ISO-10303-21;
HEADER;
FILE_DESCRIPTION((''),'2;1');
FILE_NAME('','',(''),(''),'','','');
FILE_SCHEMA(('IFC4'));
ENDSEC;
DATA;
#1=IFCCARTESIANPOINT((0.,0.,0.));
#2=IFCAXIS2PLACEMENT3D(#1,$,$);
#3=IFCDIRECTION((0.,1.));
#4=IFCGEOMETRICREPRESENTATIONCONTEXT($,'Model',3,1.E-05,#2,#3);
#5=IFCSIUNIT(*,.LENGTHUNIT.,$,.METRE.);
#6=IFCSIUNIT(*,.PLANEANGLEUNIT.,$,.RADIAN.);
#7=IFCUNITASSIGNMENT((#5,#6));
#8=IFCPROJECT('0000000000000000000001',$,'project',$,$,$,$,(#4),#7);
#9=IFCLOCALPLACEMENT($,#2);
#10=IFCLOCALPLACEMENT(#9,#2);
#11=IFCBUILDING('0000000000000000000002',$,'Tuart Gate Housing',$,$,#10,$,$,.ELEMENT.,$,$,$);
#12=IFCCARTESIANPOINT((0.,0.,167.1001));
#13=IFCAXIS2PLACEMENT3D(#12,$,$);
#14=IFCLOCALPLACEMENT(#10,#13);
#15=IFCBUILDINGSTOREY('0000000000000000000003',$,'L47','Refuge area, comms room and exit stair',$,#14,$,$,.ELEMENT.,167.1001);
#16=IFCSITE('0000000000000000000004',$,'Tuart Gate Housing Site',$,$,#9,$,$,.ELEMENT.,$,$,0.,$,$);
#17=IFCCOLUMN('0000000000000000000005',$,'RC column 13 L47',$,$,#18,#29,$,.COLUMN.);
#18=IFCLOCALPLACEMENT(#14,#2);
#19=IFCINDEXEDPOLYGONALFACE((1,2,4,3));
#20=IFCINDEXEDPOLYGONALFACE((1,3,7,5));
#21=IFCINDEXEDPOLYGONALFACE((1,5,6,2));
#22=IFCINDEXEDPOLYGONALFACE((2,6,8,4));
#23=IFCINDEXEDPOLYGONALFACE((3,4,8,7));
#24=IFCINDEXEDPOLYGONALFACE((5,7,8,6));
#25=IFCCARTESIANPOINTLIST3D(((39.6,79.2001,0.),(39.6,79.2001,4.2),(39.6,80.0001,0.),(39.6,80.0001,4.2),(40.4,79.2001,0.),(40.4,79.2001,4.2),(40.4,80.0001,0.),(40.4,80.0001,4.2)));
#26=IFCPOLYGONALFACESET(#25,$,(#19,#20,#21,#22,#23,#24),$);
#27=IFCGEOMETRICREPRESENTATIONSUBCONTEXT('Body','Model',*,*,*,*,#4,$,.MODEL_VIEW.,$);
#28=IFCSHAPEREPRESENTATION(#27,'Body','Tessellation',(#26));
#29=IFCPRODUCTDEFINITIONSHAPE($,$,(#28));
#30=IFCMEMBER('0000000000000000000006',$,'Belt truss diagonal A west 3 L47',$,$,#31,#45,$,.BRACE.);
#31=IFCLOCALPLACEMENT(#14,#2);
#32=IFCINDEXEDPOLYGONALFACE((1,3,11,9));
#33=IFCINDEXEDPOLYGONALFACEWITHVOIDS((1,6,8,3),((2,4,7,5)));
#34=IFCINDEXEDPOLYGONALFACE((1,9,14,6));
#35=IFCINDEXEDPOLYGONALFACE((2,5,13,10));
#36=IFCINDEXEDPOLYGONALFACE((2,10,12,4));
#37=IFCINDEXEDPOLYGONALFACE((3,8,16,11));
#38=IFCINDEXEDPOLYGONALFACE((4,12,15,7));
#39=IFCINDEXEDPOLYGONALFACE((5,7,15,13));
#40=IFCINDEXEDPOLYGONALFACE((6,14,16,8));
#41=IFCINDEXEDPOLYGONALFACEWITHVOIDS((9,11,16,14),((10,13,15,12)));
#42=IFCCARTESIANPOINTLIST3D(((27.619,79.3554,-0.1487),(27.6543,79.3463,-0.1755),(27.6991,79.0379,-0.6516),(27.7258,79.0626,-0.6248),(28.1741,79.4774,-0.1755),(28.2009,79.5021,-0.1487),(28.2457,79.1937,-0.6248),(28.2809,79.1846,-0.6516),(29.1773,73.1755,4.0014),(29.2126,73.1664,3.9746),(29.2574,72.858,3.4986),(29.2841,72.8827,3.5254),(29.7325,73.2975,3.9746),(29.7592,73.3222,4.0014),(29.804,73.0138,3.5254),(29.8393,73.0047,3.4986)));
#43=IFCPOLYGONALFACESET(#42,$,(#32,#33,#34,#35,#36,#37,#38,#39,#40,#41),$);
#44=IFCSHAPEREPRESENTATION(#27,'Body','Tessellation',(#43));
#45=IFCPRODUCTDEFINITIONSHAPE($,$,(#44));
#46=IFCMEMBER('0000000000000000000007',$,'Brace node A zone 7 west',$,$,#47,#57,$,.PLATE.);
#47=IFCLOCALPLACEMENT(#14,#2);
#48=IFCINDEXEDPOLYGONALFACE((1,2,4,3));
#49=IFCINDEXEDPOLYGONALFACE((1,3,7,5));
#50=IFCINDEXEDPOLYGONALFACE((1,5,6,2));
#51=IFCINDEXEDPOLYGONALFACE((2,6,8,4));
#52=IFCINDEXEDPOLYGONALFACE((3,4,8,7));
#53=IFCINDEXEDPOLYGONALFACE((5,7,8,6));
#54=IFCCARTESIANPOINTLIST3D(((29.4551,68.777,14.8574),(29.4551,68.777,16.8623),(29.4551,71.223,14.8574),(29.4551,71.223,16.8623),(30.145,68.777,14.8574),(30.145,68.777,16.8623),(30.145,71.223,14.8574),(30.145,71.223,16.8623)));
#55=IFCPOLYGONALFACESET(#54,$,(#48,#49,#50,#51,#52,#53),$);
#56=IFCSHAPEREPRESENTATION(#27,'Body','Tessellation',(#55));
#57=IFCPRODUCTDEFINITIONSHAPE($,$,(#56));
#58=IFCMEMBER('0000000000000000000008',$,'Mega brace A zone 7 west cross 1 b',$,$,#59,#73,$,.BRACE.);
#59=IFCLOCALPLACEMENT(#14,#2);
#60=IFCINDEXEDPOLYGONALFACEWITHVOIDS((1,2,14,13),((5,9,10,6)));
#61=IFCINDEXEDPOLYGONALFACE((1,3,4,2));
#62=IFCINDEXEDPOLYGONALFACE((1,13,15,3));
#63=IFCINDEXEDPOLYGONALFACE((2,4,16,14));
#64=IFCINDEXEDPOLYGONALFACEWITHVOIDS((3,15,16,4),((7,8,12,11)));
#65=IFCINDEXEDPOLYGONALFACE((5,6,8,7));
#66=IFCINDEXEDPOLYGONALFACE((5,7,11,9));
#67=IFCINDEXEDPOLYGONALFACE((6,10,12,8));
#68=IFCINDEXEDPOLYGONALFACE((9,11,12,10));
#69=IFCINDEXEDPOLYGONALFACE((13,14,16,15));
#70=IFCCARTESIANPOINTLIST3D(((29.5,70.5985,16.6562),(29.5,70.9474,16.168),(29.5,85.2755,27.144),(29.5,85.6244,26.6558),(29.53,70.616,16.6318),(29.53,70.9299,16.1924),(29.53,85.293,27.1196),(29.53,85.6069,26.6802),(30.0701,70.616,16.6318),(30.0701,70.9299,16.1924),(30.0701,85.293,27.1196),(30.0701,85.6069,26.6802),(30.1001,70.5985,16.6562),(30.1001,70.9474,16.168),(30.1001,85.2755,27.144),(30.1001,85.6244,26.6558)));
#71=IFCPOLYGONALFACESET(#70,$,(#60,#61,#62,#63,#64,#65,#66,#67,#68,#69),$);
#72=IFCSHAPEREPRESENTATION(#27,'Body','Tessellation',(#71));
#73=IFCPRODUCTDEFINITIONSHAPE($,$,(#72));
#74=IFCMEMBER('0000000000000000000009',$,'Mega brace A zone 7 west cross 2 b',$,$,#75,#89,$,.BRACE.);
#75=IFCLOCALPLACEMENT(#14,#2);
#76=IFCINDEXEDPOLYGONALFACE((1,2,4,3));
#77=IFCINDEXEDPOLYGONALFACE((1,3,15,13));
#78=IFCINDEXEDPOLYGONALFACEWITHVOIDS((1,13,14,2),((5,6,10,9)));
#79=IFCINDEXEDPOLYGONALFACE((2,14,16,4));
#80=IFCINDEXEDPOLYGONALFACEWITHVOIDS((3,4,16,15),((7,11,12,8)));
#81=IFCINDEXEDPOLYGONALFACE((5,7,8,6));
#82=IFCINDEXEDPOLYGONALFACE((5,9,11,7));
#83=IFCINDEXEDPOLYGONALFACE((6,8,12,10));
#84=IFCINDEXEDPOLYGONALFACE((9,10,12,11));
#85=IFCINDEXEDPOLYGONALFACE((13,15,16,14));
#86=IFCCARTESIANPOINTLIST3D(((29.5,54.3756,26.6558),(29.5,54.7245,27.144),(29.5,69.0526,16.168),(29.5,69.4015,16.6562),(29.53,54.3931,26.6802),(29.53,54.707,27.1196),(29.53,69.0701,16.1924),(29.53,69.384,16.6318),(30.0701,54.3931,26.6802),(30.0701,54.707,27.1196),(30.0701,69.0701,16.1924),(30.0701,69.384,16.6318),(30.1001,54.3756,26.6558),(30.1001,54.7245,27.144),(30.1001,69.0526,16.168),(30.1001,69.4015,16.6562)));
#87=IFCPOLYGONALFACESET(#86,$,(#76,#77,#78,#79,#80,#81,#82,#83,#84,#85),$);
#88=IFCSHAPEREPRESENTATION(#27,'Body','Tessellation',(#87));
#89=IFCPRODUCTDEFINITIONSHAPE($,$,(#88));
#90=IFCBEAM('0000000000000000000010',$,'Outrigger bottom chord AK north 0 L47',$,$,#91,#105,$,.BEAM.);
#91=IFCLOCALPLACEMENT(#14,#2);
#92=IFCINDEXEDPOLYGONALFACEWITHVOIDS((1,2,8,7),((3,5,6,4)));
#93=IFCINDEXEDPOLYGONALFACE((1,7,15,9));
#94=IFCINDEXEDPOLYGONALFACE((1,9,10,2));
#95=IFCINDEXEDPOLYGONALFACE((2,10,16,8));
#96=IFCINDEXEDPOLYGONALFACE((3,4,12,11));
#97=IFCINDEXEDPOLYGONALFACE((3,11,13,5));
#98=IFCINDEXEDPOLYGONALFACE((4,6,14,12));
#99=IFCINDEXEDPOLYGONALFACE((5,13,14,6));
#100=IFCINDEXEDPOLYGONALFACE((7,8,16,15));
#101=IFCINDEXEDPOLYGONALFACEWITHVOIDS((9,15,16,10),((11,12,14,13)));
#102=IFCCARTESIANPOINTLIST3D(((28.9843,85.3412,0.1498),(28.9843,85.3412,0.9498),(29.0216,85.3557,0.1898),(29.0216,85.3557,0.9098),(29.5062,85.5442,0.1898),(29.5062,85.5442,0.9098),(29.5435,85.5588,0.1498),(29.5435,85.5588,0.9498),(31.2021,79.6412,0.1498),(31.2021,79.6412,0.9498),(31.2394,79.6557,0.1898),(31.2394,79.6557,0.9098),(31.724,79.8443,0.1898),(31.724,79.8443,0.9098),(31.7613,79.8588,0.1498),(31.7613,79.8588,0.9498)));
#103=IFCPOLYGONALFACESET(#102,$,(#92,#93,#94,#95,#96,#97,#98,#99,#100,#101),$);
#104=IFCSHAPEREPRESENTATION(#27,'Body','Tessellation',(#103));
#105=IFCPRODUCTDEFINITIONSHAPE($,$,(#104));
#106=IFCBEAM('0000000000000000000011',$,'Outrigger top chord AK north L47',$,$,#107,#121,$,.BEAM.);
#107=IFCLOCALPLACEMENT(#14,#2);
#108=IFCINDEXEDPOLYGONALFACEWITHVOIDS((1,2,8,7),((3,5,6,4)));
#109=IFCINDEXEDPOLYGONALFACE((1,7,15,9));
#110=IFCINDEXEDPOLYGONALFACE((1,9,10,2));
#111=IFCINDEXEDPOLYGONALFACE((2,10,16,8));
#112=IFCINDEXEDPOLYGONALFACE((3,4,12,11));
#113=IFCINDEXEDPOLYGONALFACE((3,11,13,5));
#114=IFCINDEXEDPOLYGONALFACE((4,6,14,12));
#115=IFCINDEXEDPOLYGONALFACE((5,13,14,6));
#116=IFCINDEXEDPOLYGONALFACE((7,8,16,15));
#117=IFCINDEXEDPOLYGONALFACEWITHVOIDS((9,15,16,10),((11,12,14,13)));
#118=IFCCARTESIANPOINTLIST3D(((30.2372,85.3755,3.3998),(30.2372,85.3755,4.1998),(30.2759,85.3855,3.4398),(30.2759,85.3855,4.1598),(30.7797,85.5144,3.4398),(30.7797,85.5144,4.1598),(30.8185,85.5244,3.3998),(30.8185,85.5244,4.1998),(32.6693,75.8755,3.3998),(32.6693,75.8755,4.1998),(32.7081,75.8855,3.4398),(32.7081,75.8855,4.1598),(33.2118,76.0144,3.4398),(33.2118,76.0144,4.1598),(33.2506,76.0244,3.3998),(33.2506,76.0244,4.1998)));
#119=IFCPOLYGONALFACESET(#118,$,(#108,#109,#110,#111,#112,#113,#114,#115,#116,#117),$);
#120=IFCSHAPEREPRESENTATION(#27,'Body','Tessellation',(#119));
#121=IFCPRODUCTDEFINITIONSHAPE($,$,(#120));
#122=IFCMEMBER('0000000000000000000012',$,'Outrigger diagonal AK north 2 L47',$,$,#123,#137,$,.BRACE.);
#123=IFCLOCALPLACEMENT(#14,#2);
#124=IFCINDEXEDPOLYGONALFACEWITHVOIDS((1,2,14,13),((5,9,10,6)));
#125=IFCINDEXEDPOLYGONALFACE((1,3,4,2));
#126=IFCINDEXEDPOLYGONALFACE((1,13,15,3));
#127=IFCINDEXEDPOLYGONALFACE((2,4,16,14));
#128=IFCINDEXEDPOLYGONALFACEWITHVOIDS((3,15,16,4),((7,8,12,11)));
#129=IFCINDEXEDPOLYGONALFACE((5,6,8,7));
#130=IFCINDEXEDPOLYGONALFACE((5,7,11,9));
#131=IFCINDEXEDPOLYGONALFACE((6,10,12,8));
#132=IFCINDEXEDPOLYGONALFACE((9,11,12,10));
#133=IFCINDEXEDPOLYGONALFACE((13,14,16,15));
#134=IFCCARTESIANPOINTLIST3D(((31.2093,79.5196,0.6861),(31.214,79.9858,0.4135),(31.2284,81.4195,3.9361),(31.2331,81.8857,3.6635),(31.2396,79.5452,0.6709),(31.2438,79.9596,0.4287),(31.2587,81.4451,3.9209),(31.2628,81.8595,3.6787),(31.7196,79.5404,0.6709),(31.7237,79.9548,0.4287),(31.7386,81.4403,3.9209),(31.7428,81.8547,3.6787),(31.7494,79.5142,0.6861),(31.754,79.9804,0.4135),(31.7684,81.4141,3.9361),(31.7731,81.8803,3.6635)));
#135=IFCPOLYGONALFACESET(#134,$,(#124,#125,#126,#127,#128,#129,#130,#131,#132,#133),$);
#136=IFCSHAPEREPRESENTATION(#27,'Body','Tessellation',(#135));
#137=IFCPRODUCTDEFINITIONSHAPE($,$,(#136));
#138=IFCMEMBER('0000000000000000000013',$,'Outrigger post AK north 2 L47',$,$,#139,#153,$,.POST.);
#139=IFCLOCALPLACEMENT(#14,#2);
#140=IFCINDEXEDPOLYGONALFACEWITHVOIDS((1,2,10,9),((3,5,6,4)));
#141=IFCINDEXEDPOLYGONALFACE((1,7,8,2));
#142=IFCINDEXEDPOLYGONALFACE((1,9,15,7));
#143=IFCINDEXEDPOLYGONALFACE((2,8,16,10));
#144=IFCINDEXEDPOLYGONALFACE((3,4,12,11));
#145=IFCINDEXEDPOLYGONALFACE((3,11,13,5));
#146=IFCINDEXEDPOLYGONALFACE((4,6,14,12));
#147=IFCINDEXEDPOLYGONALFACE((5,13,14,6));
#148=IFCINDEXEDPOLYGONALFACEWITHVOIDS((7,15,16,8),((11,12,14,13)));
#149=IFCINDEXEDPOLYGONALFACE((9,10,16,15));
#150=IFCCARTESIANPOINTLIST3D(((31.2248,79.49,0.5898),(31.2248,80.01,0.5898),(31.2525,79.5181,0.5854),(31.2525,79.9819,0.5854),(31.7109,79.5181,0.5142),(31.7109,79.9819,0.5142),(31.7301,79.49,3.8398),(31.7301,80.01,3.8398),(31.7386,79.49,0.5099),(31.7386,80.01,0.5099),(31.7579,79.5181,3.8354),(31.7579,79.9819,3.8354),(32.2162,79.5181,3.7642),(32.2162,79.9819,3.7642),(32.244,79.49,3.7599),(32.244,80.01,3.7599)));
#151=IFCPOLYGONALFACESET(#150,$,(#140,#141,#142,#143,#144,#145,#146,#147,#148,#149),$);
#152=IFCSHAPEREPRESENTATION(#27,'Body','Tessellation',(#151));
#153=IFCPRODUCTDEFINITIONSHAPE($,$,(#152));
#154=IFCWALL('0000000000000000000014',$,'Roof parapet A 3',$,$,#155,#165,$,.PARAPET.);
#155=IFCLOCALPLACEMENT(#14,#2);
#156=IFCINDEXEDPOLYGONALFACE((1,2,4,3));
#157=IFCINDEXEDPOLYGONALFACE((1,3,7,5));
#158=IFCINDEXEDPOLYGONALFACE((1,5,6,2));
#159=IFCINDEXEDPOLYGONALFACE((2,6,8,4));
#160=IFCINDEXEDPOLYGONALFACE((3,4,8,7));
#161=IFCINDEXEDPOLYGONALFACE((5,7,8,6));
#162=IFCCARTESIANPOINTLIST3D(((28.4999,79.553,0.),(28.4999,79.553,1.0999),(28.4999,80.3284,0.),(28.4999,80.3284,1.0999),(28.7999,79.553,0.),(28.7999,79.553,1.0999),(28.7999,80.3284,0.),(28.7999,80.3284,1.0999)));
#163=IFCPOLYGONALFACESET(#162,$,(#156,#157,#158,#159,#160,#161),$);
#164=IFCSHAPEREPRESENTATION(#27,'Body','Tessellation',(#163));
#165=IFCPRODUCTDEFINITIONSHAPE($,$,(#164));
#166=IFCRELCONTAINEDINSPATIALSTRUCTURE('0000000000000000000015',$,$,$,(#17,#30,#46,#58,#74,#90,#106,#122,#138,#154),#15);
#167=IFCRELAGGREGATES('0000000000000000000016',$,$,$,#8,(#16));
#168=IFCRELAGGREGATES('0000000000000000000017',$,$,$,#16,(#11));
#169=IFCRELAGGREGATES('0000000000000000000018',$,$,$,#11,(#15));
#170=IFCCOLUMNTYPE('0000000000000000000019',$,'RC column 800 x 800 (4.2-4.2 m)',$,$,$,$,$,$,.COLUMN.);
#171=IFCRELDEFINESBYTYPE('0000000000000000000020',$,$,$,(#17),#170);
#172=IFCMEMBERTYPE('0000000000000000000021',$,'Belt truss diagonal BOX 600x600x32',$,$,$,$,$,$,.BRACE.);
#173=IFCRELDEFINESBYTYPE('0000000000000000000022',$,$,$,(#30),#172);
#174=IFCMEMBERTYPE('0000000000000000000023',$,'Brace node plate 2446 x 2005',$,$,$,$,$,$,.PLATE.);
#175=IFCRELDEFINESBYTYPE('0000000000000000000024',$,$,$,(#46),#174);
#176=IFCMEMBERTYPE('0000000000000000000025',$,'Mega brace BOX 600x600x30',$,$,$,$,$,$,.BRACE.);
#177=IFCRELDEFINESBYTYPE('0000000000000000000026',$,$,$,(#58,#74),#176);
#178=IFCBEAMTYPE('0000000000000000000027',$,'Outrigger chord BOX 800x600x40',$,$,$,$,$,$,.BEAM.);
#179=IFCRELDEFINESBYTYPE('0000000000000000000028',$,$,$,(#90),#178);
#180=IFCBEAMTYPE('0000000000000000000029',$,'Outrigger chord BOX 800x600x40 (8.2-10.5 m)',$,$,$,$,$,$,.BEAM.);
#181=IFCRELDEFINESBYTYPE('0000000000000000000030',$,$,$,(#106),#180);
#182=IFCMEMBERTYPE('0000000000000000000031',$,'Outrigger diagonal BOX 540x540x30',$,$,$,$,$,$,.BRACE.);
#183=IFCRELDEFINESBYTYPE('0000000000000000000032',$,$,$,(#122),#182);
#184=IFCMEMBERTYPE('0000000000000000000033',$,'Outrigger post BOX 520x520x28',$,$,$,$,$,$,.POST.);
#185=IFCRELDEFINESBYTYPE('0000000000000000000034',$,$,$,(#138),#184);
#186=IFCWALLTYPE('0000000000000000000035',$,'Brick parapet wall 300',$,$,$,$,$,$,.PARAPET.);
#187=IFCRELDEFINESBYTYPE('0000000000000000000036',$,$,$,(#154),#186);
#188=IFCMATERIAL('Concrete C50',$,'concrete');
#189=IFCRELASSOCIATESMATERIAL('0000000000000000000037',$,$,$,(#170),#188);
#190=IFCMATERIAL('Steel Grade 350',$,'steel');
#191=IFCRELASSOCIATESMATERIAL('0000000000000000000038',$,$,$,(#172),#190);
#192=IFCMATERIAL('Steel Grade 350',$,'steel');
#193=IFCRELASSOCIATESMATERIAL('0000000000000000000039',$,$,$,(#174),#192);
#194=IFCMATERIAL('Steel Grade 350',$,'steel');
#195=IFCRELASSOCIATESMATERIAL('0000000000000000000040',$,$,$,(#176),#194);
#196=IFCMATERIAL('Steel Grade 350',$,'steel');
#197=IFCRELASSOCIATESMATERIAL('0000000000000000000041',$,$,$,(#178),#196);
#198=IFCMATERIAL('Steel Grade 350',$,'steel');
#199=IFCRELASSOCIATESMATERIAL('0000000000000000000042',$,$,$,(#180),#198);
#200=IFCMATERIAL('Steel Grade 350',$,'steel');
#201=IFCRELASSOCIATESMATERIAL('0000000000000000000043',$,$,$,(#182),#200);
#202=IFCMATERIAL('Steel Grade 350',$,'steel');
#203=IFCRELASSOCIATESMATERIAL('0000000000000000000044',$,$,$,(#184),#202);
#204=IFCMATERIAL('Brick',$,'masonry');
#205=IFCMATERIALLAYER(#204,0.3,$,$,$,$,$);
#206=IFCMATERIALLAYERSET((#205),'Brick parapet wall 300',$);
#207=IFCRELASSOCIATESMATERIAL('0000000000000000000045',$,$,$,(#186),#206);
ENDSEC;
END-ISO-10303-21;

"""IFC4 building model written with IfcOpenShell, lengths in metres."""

from ifc_helpers import new_model, si_unit, direction, frame, frame_2d, origin, origin_2d, place, context, subcontext, project, spatial, rectangle, hollow_rectangle, extrude, material, layer, layer_set, material_profile, profile_set, type_object, element, save


model = new_model("IFC4")

# Units and contexts
model_context = context("Model", 3, precision=1e-05, world=origin(), true_north=direction((0.0, 1.0)))
body_context = subcontext(model_context, "Body", "Model", "MODEL_VIEW")
ifc_project = project(units=[si_unit("LENGTHUNIT", "METRE"), si_unit("PLANEANGLEUNIT", "RADIAN")], contexts=[model_context])

# Site, building, storey
site_placement = place(None, origin())
site = spatial("IfcSite", under=ifc_project, at=site_placement, Name="Tuart Gate Housing Site", CompositionType="ELEMENT", RefElevation=0.0)
building_placement = place(site_placement, origin())
building = spatial("IfcBuilding", under=site, at=building_placement, Name="Tuart Gate Housing", CompositionType="ELEMENT")
storey_placement = place(building_placement, frame((0.0, 0.0, 167.1001)))
storey = spatial("IfcBuildingStorey", under=building, at=storey_placement, Name="L47", Description="Refuge area, comms room and exit stair", CompositionType="ELEMENT", Elevation=167.1001)

# Column
ifc_material_1 = material(Name="Concrete C50", Category="concrete")
ifc_material_profile_1 = material_profile(ifc_material_1, rectangle(XDim=0.8, YDim=0.8, at=origin_2d()), Name="RC column 800 x 800 (4.2-4.2 m)")
ifc_profile_set_1 = profile_set([ifc_material_profile_1], Name="Concrete C50")
column_type = type_object("IfcColumnType", Name="RC column 800 x 800 (4.2-4.2 m)", PredefinedType="COLUMN", material=ifc_profile_set_1)
column_placement = place(storey_placement, frame((40.0, 79.6001, 0.0), z_axis=(0.0, 0.0, 1.0), x_axis=(1.0, 0.0, 0.0)))
element("IfcColumn", 1, at=column_placement, inside=storey, type_object=column_type, Name="RC column 13 L47", PredefinedType="COLUMN", context=body_context, shape_type="SweptSolid", body=[
    extrude(rectangle(XDim=0.8, YDim=0.8, at=origin_2d()), origin(), (0.0, 0.0, 1.0), 4.2),
])

# Members
ifc_material_2 = material(Name="Steel Grade 350", Category="steel")
ifc_material_profile_2 = material_profile(ifc_material_2, hollow_rectangle(XDim=0.6001, YDim=0.6001, WallThickness=0.032, at=origin_2d()), Name="BOX 600x600x32")
ifc_profile_set_2 = profile_set([ifc_material_profile_2], Name="Steel Grade 350")
member_type_1 = type_object("IfcMemberType", Name="Belt truss diagonal BOX 600x600x32", PredefinedType="BRACE", material=ifc_profile_set_2)
member_1_placement = place(storey_placement, frame((29.5083, 73.0901, 3.75), z_axis=(-0.204898, 0.81256, -0.545677), x_axis=(-0.969647, -0.244509, 0.0)))
element("IfcMember", 2, at=member_1_placement, inside=storey, type_object=member_type_1, Name="Belt truss diagonal A west 3 L47", PredefinedType="BRACE", context=body_context, shape_type="SweptSolid", body=[
    extrude(hollow_rectangle(XDim=0.6001, YDim=0.6001, WallThickness=0.032, at=origin_2d()), origin(), (0.0, 0.0, 1.0), 7.6055),
])
ifc_material_3 = material(Name="Steel Grade 350", Category="steel")
ifc_material_profile_3 = material_profile(ifc_material_3, rectangle(XDim=2.446, YDim=2.0049, at=origin_2d()), Name="Brace node plate 2446 x 2005")
ifc_profile_set_3 = profile_set([ifc_material_profile_3], Name="Steel Grade 350")
member_type_2 = type_object("IfcMemberType", Name="Brace node plate 2446 x 2005", PredefinedType="PLATE", material=ifc_profile_set_3)
member_2_placement = place(storey_placement, frame((29.4551, 70.0, 15.8599), z_axis=(1.0, 0.0, 0.0), x_axis=(0.0, 1.0, 0.0)))
element("IfcMember", 3, at=member_2_placement, inside=storey, type_object=member_type_2, Name="Brace node A zone 7 west", PredefinedType="PLATE", context=body_context, shape_type="SweptSolid", body=[
    extrude(rectangle(XDim=2.446, YDim=2.0049, at=origin_2d()), origin(), (0.0, 0.0, 1.0), 0.6899),
])
ifc_material_4 = material(Name="Steel Grade 350", Category="steel")
ifc_material_profile_4 = material_profile(ifc_material_4, hollow_rectangle(XDim=0.6001, YDim=0.6001, WallThickness=0.03, at=origin_2d()), Name="BOX 600x600x30")
ifc_profile_set_4 = profile_set([ifc_material_profile_4], Name="Steel Grade 350")
member_type_3 = type_object("IfcMemberType", Name="Mega brace BOX 600x600x30", PredefinedType="BRACE", material=ifc_profile_set_4)
for number, where, z_axis, x_axis, name in (
    (4, (29.8, 70.7729, 16.4121), (0.0, 0.813623, 0.581393), (-1.0, 0.0, 0.0), "Mega brace A zone 7 west cross 1 b"),
    (5, (29.8, 69.2271, 16.4121), (0.0, -0.813623, 0.581393), (1.0, 0.0, 0.0), "Mega brace A zone 7 west cross 2 b"),
):
    element("IfcMember", number, at=place(storey_placement, frame(where, z_axis=z_axis, x_axis=x_axis)), inside=storey, type_object=member_type_3, Name=name, PredefinedType="BRACE", context=body_context, shape_type="SweptSolid", body=[
        extrude(hollow_rectangle(XDim=0.6001, YDim=0.6001, WallThickness=0.03, at=origin_2d()), origin(), (0.0, 0.0, 1.0), 18.0391),
    ])

# Beams
ifc_material_5 = material(Name="Steel Grade 350", Category="steel")
ifc_material_profile_5 = material_profile(ifc_material_5, hollow_rectangle(XDim=0.6001, YDim=0.8, WallThickness=0.04, at=origin_2d()), Name="BOX 800x600x40")
ifc_profile_set_5 = profile_set([ifc_material_profile_5], Name="Steel Grade 350")
beam_type_1 = type_object("IfcBeamType", Name="Outrigger chord BOX 800x600x40", PredefinedType="BEAM", material=ifc_profile_set_5)
beam_1_placement = place(storey_placement, frame((31.4817, 79.75, 0.5498), z_axis=(-0.362606, 0.931942, 0.0), x_axis=(-0.931942, -0.362606, 0.0)))
element("IfcBeam", 6, at=beam_1_placement, inside=storey, type_object=beam_type_1, Name="Outrigger bottom chord AK north 0 L47", PredefinedType="BEAM", context=body_context, shape_type="SweptSolid", body=[
    extrude(hollow_rectangle(XDim=0.6001, YDim=0.8, WallThickness=0.04, at=origin_2d()), origin(), (0.0, 0.0, 1.0), 6.1162),
])
ifc_material_6 = material(Name="Steel Grade 350", Category="steel")
ifc_material_profile_6 = material_profile(ifc_material_6, hollow_rectangle(XDim=0.6001, YDim=0.8, WallThickness=0.04, at=origin_2d()), Name="BOX 800x600x40")
ifc_profile_set_6 = profile_set([ifc_material_profile_6], Name="Steel Grade 350")
beam_type_2 = type_object("IfcBeamType", Name="Outrigger chord BOX 800x600x40 (8.2-10.5 m)", PredefinedType="BEAM", material=ifc_profile_set_6)
beam_2_placement = place(storey_placement, frame((32.96, 75.95, 3.7998), z_axis=(-0.248015, 0.968756, 0.0), x_axis=(-0.968756, -0.248015, 0.0)))
element("IfcBeam", 7, at=beam_2_placement, inside=storey, type_object=beam_type_2, Name="Outrigger top chord AK north L47", PredefinedType="BEAM", context=body_context, shape_type="SweptSolid", body=[
    extrude(hollow_rectangle(XDim=0.6001, YDim=0.8, WallThickness=0.04, at=origin_2d()), origin(), (0.0, 0.0, 1.0), 9.8064),
])

# Members
ifc_material_7 = material(Name="Steel Grade 350", Category="steel")
ifc_material_profile_7 = material_profile(ifc_material_7, hollow_rectangle(XDim=0.54, YDim=0.54, WallThickness=0.03, at=origin_2d()), Name="BOX 540x540x30")
ifc_profile_set_7 = profile_set([ifc_material_profile_7], Name="Steel Grade 350")
member_type_4 = type_object("IfcMemberType", Name="Outrigger diagonal BOX 540x540x30", PredefinedType="BRACE", material=ifc_profile_set_7)
member_3_placement = place(storey_placement, frame((31.4817, 79.75, 0.5498), z_axis=(0.005058, 0.504671, 0.863297), x_axis=(-0.99995, 0.010023, 0.0)))
element("IfcMember", 8, at=member_3_placement, inside=storey, type_object=member_type_4, Name="Outrigger diagonal AK north 2 L47", PredefinedType="BRACE", context=body_context, shape_type="SweptSolid", body=[
    extrude(hollow_rectangle(XDim=0.54, YDim=0.54, WallThickness=0.03, at=origin_2d()), origin(), (0.0, 0.0, 1.0), 3.7646),
])
ifc_material_8 = material(Name="Steel Grade 350", Category="steel")
ifc_material_profile_8 = material_profile(ifc_material_8, hollow_rectangle(XDim=0.52, YDim=0.52, WallThickness=0.0281, at=origin_2d()), Name="BOX 520x520x28")
ifc_profile_set_8 = profile_set([ifc_material_profile_8], Name="Steel Grade 350")
member_type_5 = type_object("IfcMemberType", Name="Outrigger post BOX 520x520x28", PredefinedType="POST", material=ifc_profile_set_8)
member_4_placement = place(storey_placement, frame((31.4817, 79.75, 0.5498), z_axis=(0.153652, 0.0, 0.988125), x_axis=(0.0, 1.0, 0.0)))
element("IfcMember", 9, at=member_4_placement, inside=storey, type_object=member_type_5, Name="Outrigger post AK north 2 L47", PredefinedType="POST", context=body_context, shape_type="SweptSolid", body=[
    extrude(hollow_rectangle(XDim=0.52, YDim=0.52, WallThickness=0.0281, at=origin_2d()), origin(), (0.0, 0.0, 1.0), 3.2891),
])

# Wall
ifc_material_9 = material(Name="Brick", Category="masonry")
ifc_layer_1 = layer(ifc_material_9, 0.3)
ifc_layer_set_1 = layer_set([ifc_layer_1], Name="Brick parapet wall 300")
wall_type_1 = type_object("IfcWallType", Name="Brick parapet wall 300", PredefinedType="PARAPET", material=ifc_layer_set_1)
wall_1_placement = place(storey_placement, frame((28.6499, 80.3284, 0.0), z_axis=(0.0, 0.0, 1.0), x_axis=(0.0, -1.0, 0.0)))
element("IfcWall", 10, at=wall_1_placement, inside=storey, type_object=wall_type_1, Name="Roof parapet A 3", PredefinedType="PARAPET", context=body_context, shape_type="SweptSolid", body=[
    extrude(rectangle(XDim=0.7754, YDim=0.3, at=frame_2d((0.3877, 0.0))), origin(), (0.0, 0.0, 1.0), 1.0999),
])

save(model, "model.ifc")
